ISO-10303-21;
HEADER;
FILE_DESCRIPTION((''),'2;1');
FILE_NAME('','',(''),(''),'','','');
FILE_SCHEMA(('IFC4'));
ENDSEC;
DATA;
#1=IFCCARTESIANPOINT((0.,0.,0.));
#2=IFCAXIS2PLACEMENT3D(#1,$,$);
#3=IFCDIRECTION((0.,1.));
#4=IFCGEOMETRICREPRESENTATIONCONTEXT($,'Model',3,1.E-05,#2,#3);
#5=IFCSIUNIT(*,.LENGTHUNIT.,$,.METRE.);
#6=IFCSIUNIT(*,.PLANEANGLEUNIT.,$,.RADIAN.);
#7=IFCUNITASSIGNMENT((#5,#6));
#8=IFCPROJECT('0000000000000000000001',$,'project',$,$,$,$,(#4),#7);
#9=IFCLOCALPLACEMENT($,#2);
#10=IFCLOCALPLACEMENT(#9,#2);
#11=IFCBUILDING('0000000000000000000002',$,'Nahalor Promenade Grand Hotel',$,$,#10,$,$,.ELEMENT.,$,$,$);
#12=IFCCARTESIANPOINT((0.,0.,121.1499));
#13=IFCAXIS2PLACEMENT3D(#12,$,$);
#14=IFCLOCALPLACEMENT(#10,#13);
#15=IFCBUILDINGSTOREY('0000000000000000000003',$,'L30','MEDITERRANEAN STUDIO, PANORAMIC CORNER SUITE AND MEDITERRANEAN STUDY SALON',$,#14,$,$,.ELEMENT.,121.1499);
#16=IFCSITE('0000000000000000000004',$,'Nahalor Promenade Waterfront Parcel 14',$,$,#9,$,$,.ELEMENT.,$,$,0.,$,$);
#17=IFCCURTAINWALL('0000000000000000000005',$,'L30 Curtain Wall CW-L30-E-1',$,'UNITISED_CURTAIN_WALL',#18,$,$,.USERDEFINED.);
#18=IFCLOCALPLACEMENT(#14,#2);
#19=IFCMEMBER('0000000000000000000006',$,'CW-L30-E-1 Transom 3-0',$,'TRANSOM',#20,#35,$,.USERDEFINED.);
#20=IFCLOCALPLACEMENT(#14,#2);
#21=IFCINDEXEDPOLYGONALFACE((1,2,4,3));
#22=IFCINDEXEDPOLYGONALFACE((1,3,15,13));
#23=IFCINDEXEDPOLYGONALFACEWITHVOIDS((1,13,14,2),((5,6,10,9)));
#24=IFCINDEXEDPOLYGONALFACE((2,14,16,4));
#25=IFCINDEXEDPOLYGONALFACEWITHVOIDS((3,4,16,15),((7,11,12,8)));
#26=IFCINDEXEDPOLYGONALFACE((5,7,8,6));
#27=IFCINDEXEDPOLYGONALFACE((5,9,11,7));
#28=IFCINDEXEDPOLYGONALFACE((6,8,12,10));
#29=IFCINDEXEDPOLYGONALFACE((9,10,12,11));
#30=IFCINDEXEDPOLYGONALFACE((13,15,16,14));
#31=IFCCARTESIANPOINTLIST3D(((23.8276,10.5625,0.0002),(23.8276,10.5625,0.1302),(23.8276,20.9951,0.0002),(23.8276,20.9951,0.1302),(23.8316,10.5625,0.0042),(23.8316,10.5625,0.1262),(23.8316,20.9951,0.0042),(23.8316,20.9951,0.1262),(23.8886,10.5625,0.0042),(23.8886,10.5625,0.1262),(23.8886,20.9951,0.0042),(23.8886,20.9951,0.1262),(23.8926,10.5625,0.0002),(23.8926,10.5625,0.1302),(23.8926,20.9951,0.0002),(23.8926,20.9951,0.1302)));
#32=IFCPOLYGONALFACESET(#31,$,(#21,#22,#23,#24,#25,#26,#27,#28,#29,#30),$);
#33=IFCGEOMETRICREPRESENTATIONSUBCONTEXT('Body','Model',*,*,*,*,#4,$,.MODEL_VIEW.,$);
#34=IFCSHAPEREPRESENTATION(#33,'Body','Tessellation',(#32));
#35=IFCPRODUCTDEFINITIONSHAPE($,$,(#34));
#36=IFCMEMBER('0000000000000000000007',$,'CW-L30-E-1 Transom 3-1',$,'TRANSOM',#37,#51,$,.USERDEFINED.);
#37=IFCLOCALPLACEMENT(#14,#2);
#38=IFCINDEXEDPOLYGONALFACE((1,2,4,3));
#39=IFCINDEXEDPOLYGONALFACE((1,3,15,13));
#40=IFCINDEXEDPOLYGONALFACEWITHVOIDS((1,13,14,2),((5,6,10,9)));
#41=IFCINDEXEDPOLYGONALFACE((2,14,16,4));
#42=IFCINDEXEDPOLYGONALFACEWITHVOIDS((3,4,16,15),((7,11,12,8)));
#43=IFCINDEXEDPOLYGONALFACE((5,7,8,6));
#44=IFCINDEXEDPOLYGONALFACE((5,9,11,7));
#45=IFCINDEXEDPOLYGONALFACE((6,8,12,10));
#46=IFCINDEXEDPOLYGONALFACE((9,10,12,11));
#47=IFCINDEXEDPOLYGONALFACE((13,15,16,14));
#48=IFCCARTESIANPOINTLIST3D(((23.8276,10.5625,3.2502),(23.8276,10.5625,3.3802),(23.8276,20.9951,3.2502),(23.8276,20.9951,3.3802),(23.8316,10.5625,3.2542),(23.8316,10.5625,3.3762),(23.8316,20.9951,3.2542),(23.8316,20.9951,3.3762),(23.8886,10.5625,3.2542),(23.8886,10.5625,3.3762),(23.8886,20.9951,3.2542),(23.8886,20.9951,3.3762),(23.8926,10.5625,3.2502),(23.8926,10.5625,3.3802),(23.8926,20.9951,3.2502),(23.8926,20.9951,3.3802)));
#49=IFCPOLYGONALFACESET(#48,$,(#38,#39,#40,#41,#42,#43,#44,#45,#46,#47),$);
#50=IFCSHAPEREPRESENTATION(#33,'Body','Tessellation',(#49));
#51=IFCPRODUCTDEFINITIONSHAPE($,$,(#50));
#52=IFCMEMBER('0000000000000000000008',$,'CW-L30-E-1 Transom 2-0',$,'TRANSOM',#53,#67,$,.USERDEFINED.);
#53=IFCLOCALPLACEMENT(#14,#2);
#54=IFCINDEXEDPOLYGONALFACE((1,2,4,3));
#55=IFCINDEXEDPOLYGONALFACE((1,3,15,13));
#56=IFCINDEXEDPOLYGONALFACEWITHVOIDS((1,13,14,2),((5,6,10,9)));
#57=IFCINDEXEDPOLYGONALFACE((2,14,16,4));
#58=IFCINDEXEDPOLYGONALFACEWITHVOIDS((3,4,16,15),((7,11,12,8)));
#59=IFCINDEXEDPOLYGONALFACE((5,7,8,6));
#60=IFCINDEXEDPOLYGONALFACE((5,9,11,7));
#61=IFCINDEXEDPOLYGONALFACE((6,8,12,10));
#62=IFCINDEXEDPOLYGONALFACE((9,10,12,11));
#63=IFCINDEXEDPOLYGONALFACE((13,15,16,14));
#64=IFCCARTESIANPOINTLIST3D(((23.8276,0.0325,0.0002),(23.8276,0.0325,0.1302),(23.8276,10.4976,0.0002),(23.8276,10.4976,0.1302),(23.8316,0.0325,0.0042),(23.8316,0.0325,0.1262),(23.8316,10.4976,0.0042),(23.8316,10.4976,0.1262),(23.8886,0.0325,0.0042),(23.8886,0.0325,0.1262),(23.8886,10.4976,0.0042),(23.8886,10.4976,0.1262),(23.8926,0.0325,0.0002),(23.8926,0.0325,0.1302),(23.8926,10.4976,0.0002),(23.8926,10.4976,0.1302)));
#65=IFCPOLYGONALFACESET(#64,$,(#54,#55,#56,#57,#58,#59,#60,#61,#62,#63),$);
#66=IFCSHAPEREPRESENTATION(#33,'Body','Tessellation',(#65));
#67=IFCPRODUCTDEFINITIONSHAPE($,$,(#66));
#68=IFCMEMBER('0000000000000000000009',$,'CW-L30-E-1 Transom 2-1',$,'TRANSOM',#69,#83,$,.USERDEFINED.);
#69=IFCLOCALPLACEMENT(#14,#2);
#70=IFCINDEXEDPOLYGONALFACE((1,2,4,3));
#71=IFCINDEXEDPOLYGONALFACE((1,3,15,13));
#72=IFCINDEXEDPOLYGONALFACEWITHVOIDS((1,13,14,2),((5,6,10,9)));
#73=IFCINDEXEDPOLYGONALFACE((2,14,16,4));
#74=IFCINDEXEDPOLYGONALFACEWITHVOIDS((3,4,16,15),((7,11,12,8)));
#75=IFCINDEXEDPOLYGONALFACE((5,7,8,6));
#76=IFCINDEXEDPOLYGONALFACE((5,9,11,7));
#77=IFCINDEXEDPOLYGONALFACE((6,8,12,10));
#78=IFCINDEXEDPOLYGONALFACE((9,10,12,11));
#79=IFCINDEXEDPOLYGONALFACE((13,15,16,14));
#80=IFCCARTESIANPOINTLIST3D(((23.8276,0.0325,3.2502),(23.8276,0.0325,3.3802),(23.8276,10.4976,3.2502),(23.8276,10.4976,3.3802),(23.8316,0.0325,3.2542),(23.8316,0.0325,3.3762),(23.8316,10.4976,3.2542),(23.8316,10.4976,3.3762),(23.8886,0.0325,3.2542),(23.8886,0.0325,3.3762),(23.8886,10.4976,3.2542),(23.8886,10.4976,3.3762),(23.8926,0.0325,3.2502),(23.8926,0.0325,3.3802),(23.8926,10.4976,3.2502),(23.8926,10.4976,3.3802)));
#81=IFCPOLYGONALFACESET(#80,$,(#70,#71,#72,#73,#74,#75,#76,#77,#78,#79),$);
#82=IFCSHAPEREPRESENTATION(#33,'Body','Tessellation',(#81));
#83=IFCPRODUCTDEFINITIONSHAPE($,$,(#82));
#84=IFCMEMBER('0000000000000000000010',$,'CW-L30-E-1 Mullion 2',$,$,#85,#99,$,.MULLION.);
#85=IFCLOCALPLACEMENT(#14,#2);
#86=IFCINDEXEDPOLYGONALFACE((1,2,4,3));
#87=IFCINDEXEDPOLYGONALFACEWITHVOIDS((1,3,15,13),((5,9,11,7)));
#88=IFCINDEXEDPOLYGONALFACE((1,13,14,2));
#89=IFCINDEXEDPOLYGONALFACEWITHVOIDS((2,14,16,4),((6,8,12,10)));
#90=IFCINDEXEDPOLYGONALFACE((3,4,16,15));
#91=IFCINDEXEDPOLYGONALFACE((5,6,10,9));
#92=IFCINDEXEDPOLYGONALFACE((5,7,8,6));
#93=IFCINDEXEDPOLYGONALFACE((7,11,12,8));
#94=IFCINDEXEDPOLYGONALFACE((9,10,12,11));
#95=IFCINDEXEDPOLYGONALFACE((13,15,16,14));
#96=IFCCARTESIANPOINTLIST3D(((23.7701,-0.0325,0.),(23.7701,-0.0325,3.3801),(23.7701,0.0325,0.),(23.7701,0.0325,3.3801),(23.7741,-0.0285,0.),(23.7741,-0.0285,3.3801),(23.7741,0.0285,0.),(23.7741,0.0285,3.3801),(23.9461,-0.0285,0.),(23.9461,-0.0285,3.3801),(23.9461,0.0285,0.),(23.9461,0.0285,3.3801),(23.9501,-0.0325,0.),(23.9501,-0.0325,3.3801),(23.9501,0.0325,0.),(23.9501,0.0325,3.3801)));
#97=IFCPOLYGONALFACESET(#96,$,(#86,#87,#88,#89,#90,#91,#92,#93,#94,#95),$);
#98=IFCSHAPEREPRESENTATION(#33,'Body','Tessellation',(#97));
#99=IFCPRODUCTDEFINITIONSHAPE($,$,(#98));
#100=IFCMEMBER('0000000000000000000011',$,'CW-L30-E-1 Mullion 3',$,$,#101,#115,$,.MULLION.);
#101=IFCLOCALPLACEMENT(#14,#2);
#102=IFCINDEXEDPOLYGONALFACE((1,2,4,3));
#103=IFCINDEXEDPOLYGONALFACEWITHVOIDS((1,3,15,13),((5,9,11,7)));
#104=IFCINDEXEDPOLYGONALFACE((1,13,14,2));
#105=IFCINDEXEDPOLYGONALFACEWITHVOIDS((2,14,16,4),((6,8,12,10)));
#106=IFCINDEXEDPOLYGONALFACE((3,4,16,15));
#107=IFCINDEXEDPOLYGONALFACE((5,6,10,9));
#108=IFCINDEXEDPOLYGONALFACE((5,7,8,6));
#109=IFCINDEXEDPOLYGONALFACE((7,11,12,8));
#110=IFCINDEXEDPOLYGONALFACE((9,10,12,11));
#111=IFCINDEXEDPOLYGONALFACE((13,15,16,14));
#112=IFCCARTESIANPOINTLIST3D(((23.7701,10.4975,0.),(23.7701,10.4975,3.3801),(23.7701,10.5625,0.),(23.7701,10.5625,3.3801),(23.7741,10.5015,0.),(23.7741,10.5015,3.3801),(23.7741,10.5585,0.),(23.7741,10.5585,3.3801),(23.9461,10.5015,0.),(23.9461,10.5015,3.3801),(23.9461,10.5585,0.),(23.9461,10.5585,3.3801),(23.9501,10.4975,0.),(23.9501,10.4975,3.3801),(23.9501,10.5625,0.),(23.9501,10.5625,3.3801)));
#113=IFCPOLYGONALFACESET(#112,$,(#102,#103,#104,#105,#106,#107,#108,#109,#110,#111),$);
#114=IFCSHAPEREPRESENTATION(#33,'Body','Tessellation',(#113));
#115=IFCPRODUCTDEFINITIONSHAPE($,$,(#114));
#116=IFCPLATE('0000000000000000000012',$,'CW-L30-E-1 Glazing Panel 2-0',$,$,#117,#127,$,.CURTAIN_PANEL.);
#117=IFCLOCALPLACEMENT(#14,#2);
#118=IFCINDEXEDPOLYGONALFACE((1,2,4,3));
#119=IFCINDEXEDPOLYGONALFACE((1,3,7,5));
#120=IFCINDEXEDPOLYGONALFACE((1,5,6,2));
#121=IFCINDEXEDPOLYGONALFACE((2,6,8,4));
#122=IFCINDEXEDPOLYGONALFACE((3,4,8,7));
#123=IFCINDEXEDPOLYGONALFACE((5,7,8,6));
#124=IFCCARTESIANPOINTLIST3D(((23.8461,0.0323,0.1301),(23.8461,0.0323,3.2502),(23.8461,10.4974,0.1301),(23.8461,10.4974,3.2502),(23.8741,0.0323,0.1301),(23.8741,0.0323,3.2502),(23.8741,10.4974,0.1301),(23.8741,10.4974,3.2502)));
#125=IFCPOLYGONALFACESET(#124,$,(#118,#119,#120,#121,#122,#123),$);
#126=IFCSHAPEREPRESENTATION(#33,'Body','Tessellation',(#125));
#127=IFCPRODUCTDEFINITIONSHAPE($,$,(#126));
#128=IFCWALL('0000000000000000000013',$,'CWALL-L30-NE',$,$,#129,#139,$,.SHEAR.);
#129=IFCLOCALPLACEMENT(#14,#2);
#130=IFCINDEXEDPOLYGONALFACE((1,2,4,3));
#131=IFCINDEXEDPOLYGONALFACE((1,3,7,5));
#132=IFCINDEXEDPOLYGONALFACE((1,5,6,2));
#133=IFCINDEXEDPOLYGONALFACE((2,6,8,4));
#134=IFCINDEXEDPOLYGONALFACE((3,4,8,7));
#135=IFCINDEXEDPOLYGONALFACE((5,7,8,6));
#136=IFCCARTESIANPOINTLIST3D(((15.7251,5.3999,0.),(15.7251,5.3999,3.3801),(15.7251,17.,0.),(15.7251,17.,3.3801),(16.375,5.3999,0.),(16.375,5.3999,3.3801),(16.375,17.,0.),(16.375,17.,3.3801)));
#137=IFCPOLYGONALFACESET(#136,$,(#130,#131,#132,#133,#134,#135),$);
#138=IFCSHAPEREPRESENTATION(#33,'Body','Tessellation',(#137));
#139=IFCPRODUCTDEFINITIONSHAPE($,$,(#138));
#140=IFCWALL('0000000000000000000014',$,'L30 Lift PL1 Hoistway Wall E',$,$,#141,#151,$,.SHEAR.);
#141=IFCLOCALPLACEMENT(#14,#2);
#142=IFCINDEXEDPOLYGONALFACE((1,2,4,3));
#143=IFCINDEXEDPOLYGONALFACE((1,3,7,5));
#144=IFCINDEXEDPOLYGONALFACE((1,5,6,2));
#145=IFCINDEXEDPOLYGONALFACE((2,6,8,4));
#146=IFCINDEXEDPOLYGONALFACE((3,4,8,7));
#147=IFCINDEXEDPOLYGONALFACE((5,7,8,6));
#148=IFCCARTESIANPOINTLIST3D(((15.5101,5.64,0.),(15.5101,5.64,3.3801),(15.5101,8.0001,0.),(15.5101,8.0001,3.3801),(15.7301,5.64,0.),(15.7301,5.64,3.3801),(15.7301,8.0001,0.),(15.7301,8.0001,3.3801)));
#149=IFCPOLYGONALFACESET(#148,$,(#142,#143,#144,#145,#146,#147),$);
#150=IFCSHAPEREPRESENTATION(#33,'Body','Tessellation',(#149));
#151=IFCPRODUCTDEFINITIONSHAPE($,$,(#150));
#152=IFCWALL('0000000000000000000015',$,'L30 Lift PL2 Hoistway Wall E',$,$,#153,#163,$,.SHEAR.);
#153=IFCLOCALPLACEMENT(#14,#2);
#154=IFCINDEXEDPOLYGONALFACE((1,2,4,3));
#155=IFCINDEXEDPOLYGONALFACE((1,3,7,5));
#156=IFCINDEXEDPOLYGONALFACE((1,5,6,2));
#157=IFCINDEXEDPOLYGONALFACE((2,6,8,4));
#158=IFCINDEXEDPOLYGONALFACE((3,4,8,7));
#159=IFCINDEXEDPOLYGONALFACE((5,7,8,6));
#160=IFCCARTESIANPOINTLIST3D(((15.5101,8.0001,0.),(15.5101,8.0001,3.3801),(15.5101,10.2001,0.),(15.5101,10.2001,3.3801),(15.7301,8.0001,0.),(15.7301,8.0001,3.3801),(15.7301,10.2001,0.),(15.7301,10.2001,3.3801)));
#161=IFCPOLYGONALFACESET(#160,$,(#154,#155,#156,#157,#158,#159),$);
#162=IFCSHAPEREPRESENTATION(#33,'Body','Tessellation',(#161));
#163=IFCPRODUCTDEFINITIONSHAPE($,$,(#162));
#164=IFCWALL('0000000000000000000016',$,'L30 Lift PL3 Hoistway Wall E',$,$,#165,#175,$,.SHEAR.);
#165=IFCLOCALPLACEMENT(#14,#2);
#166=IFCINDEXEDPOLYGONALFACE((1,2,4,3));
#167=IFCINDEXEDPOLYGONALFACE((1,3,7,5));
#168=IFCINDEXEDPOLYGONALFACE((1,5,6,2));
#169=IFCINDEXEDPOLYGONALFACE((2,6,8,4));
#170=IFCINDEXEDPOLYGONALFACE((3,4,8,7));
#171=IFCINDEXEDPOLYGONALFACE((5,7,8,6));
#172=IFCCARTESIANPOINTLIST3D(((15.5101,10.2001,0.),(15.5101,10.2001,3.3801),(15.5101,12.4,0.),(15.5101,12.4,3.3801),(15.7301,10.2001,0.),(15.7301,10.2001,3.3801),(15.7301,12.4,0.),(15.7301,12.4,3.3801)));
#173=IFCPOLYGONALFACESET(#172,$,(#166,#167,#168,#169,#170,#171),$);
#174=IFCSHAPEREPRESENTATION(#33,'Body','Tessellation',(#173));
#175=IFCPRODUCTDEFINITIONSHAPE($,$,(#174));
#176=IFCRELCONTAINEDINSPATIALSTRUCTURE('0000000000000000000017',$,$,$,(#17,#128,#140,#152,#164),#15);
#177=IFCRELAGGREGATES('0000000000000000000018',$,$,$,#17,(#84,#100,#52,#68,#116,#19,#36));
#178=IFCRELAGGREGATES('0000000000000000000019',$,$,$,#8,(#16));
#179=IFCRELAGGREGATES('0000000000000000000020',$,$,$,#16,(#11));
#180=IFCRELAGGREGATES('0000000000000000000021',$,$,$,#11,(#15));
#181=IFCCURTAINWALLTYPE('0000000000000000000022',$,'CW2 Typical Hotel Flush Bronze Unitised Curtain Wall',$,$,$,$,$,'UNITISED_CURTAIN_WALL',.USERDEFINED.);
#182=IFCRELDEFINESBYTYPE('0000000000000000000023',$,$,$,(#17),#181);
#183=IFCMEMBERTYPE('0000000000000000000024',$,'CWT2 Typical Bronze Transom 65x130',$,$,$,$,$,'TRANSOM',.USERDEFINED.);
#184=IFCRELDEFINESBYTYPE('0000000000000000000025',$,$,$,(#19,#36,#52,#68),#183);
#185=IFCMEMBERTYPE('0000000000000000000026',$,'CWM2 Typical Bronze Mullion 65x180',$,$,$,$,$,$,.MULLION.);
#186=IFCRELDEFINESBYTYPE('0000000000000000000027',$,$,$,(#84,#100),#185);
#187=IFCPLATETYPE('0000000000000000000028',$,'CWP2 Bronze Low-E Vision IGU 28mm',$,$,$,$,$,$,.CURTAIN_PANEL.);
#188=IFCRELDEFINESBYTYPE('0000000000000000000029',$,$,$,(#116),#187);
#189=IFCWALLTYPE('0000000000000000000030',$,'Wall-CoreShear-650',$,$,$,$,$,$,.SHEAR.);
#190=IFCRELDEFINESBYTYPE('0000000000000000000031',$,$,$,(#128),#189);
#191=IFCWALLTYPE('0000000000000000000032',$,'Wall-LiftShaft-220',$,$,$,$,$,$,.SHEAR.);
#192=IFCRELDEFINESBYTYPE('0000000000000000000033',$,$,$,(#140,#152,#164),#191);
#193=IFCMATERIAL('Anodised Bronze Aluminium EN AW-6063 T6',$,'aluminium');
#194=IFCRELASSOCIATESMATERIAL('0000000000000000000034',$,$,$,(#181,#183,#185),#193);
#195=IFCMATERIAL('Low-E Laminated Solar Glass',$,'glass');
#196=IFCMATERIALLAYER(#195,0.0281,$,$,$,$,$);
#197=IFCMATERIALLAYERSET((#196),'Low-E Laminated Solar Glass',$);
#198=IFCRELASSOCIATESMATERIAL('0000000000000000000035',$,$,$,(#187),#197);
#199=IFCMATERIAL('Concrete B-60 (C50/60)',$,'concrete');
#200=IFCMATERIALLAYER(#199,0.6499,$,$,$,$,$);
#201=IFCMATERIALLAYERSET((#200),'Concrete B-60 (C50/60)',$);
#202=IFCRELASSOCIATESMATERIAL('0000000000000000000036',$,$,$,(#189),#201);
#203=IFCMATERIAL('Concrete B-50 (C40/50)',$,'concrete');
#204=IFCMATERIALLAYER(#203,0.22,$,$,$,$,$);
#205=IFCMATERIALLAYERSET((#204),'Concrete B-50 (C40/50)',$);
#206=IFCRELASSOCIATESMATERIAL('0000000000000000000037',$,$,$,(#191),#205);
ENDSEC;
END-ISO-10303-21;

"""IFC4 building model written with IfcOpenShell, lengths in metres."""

from ifc_helpers import new_model, si_unit, direction, frame, frame_2d, origin, origin_2d, place, context, subcontext, project, spatial, rectangle, hollow_rectangle, extrude, source, transform, mapped, material, layer, layer_set, material_profile, profile_set, type_object, element, aggregate, save


model = new_model("IFC4")

# Units and contexts
model_context = context("Model", 3, precision=1e-05, world=origin(), true_north=direction((0.0, 1.0)))
body_context = subcontext(model_context, "Body", "Model", "MODEL_VIEW")
ifc_project = project(units=[si_unit("LENGTHUNIT", "METRE"), si_unit("PLANEANGLEUNIT", "RADIAN")], contexts=[model_context])

# Site, building, storey
site_placement = place(None, origin())
site = spatial("IfcSite", under=ifc_project, at=site_placement, Name="Nahalor Promenade Waterfront Parcel 14", CompositionType="ELEMENT", RefElevation=0.0)
building_placement = place(site_placement, origin())
building = spatial("IfcBuilding", under=site, at=building_placement, Name="Nahalor Promenade Grand Hotel", CompositionType="ELEMENT")
storey_placement = place(building_placement, frame((0.0, 0.0, 121.1499)))
storey = spatial("IfcBuildingStorey", under=building, at=storey_placement, Name="L30", Description="MEDITERRANEAN STUDIO, PANORAMIC CORNER SUITE AND MEDITERRANEAN STUDY SALON", CompositionType="ELEMENT", Elevation=121.1499)

# Curtain wall, members, plate
ifc_material_1 = material(Name="Anodised Bronze Aluminium EN AW-6063 T6", Category="aluminium")
curtain_wall_type = type_object("IfcCurtainWallType", Name="CW2 Typical Hotel Flush Bronze Unitised Curtain Wall", ElementType="UNITISED_CURTAIN_WALL", PredefinedType="USERDEFINED", material=ifc_material_1)
curtain_wall_placement = place(storey_placement, origin())
curtain_wall = element("IfcCurtainWall", 1, at=curtain_wall_placement, inside=storey, type_object=curtain_wall_type, Name="L30 Curtain Wall CW-L30-E-1", ObjectType="UNITISED_CURTAIN_WALL", PredefinedType="USERDEFINED")
ifc_material_profile_1 = material_profile(ifc_material_1, hollow_rectangle(XDim=0.065, YDim=0.13, WallThickness=0.004, at=origin_2d()), Name="CWT 65x130x4")
ifc_profile_set_1 = profile_set([ifc_material_profile_1], Name="Anodised Bronze Aluminium EN AW-6063 T6")
member_type_1 = type_object("IfcMemberType", Name="CWT2 Typical Bronze Transom 65x130", ElementType="TRANSOM", PredefinedType="USERDEFINED", material=ifc_profile_set_1)
shared_shape_1 = source(origin(), body_context, "Body", "SweptSolid", [
    extrude(hollow_rectangle(XDim=0.065, YDim=0.13, WallThickness=0.004, at=origin_2d()), origin(), (0.0, 0.0, 1.0), 10.4326),
])
member_1_placement = place(storey_placement, frame((23.8601, 10.5625, 0.0652), z_axis=(0.0, 1.0, 0.0), x_axis=(-1.0, 0.0, 0.0)))
member_1 = element("IfcMember", 2, at=member_1_placement, type_object=member_type_1, Name="CW-L30-E-1 Transom 3-0", ObjectType="TRANSOM", PredefinedType="USERDEFINED", context=body_context, shape_type="MappedRepresentation", body=[
    mapped(shared_shape_1, transform((0.0, 0.0, 0.0), scale=1.0)),
])
member_2_placement = place(storey_placement, frame((23.8601, 10.5625, 3.3152), z_axis=(0.0, 1.0, 0.0), x_axis=(-1.0, 0.0, 0.0)))
member_2 = element("IfcMember", 3, at=member_2_placement, type_object=member_type_1, Name="CW-L30-E-1 Transom 3-1", ObjectType="TRANSOM", PredefinedType="USERDEFINED", context=body_context, shape_type="MappedRepresentation", body=[
    mapped(shared_shape_1, transform((0.0, 0.0, 0.0), scale=1.0)),
])
shared_shape_2 = source(origin(), body_context, "Body", "SweptSolid", [
    extrude(hollow_rectangle(XDim=0.065, YDim=0.13, WallThickness=0.004, at=origin_2d()), origin(), (0.0, 0.0, 1.0), 10.4651),
])
member_3_placement = place(storey_placement, frame((23.8601, 0.0325, 0.0652), z_axis=(0.0, 1.0, 0.0), x_axis=(-1.0, 0.0, 0.0)))
member_3 = element("IfcMember", 4, at=member_3_placement, type_object=member_type_1, Name="CW-L30-E-1 Transom 2-0", ObjectType="TRANSOM", PredefinedType="USERDEFINED", context=body_context, shape_type="MappedRepresentation", body=[
    mapped(shared_shape_2, transform((0.0, 0.0, 0.0), scale=1.0)),
])
member_4_placement = place(storey_placement, frame((23.8601, 0.0325, 3.3152), z_axis=(0.0, 1.0, 0.0), x_axis=(-1.0, 0.0, 0.0)))
member_4 = element("IfcMember", 5, at=member_4_placement, type_object=member_type_1, Name="CW-L30-E-1 Transom 2-1", ObjectType="TRANSOM", PredefinedType="USERDEFINED", context=body_context, shape_type="MappedRepresentation", body=[
    mapped(shared_shape_2, transform((0.0, 0.0, 0.0), scale=1.0)),
])
ifc_material_profile_2 = material_profile(ifc_material_1, hollow_rectangle(XDim=0.065, YDim=0.18, WallThickness=0.004, at=origin_2d()), Name="CWM 65x180x4")
ifc_profile_set_2 = profile_set([ifc_material_profile_2], Name="Anodised Bronze Aluminium EN AW-6063 T6")
member_type_2 = type_object("IfcMemberType", Name="CWM2 Typical Bronze Mullion 65x180", PredefinedType="MULLION", material=ifc_profile_set_2)
shared_shape_3 = source(origin(), body_context, "Body", "SweptSolid", [
    extrude(hollow_rectangle(XDim=0.065, YDim=0.18, WallThickness=0.004, at=origin_2d()), origin(), (0.0, 0.0, 1.0), 3.3801),
])
member_5_placement = place(storey_placement, frame((23.8601, 0.0, 0.0), z_axis=(0.0, 0.0, 1.0), x_axis=(0.0, 1.0, 0.0)))
member_5 = element("IfcMember", 6, at=member_5_placement, type_object=member_type_2, Name="CW-L30-E-1 Mullion 2", PredefinedType="MULLION", context=body_context, shape_type="MappedRepresentation", body=[
    mapped(shared_shape_3, transform((0.0, 0.0, 0.0), scale=1.0)),
])
member_6_placement = place(storey_placement, frame((23.8601, 10.53, 0.0), z_axis=(0.0, 0.0, 1.0), x_axis=(0.0, 1.0, 0.0)))
member_6 = element("IfcMember", 7, at=member_6_placement, type_object=member_type_2, Name="CW-L30-E-1 Mullion 3", PredefinedType="MULLION", context=body_context, shape_type="MappedRepresentation", body=[
    mapped(shared_shape_3, transform((0.0, 0.0, 0.0), scale=1.0)),
])
ifc_material_2 = material(Name="Low-E Laminated Solar Glass", Category="glass")
ifc_layer_1 = layer(ifc_material_2, 0.0281)
ifc_layer_set_1 = layer_set([ifc_layer_1], Name="Low-E Laminated Solar Glass")
plate_type = type_object("IfcPlateType", Name="CWP2 Bronze Low-E Vision IGU 28mm", PredefinedType="CURTAIN_PANEL", material=ifc_layer_set_1)
shared_shape_4 = source(origin(), body_context, "Body", "SweptSolid", [
    extrude(rectangle(XDim=10.4651, YDim=0.0281, at=origin_2d()), origin(), (0.0, 0.0, 1.0), 3.1201),
])
plate_placement = place(storey_placement, frame((23.8601, 5.2649, 0.1301), z_axis=(0.0, 0.0, 1.0), x_axis=(0.0, 1.0, 0.0)))
plate = element("IfcPlate", 8, at=plate_placement, type_object=plate_type, Name="CW-L30-E-1 Glazing Panel 2-0", PredefinedType="CURTAIN_PANEL", context=body_context, shape_type="MappedRepresentation", body=[
    mapped(shared_shape_4, transform((0.0, 0.0, 0.0), scale=1.0)),
])
aggregate(curtain_wall, [member_5, member_6, member_3, member_4, plate, member_1, member_2])

# Walls
ifc_material_3 = material(Name="Concrete B-60 (C50/60)", Category="concrete")
ifc_layer_2 = layer(ifc_material_3, 0.6499)
ifc_layer_set_2 = layer_set([ifc_layer_2], Name="Concrete B-60 (C50/60)")
wall_type_1 = type_object("IfcWallType", Name="Wall-CoreShear-650", PredefinedType="SHEAR", material=ifc_layer_set_2)
shared_shape_5 = source(origin(), body_context, "Body", "SweptSolid", [
    extrude(rectangle(XDim=11.6001, YDim=0.6499, at=frame_2d((5.8, 0.0))), origin(), (0.0, 0.0, 1.0), 3.3801),
])
wall_1_placement = place(storey_placement, frame((16.05, 5.3999, 0.0), z_axis=(0.0, 0.0, 1.0), x_axis=(0.0, 1.0, 0.0)))
element("IfcWall", 9, at=wall_1_placement, inside=storey, type_object=wall_type_1, Name="CWALL-L30-NE", PredefinedType="SHEAR", context=body_context, shape_type="MappedRepresentation", body=[
    mapped(shared_shape_5, transform((0.0, 0.0, 0.0), scale=1.0)),
])
ifc_material_4 = material(Name="Concrete B-50 (C40/50)", Category="concrete")
ifc_layer_3 = layer(ifc_material_4, 0.22)
ifc_layer_set_3 = layer_set([ifc_layer_3], Name="Concrete B-50 (C40/50)")
wall_type_2 = type_object("IfcWallType", Name="Wall-LiftShaft-220", PredefinedType="SHEAR", material=ifc_layer_set_3)
shared_shape_6 = source(origin(), body_context, "Body", "SweptSolid", [
    extrude(rectangle(XDim=2.3601, YDim=0.22, at=frame_2d((1.1802, 0.0))), origin(), (0.0, 0.0, 1.0), 3.3801),
])
wall_2_placement = place(storey_placement, frame((15.6201, 5.6399, 0.0), z_axis=(0.0, 0.0, 1.0), x_axis=(0.0, 1.0, 0.0)))
element("IfcWall", 10, at=wall_2_placement, inside=storey, type_object=wall_type_2, Name="L30 Lift PL1 Hoistway Wall E", PredefinedType="SHEAR", context=body_context, shape_type="MappedRepresentation", body=[
    mapped(shared_shape_6, transform((0.0, 0.0, 0.0), scale=1.0)),
])
shared_shape_7 = source(origin(), body_context, "Body", "SweptSolid", [
    extrude(rectangle(XDim=2.2, YDim=0.22, at=frame_2d((1.1001, 0.0))), origin(), (0.0, 0.0, 1.0), 3.3801),
])
for number, where, z_axis, x_axis, name in (
    (11, (15.6201, 8.0, 0.0), (0.0, 0.0, 1.0), (0.0, 1.0, 0.0), "L30 Lift PL2 Hoistway Wall E"),
    (12, (15.6201, 10.2, 0.0), (0.0, 0.0, 1.0), (0.0, 1.0, 0.0), "L30 Lift PL3 Hoistway Wall E"),
):
    element("IfcWall", number, at=place(storey_placement, frame(where, z_axis=z_axis, x_axis=x_axis)), inside=storey, type_object=wall_type_2, Name=name, PredefinedType="SHEAR", context=body_context, shape_type="MappedRepresentation", body=[
        mapped(shared_shape_7, transform((0.0, 0.0, 0.0), scale=1.0)),
    ])

save(model, "model.ifc")
